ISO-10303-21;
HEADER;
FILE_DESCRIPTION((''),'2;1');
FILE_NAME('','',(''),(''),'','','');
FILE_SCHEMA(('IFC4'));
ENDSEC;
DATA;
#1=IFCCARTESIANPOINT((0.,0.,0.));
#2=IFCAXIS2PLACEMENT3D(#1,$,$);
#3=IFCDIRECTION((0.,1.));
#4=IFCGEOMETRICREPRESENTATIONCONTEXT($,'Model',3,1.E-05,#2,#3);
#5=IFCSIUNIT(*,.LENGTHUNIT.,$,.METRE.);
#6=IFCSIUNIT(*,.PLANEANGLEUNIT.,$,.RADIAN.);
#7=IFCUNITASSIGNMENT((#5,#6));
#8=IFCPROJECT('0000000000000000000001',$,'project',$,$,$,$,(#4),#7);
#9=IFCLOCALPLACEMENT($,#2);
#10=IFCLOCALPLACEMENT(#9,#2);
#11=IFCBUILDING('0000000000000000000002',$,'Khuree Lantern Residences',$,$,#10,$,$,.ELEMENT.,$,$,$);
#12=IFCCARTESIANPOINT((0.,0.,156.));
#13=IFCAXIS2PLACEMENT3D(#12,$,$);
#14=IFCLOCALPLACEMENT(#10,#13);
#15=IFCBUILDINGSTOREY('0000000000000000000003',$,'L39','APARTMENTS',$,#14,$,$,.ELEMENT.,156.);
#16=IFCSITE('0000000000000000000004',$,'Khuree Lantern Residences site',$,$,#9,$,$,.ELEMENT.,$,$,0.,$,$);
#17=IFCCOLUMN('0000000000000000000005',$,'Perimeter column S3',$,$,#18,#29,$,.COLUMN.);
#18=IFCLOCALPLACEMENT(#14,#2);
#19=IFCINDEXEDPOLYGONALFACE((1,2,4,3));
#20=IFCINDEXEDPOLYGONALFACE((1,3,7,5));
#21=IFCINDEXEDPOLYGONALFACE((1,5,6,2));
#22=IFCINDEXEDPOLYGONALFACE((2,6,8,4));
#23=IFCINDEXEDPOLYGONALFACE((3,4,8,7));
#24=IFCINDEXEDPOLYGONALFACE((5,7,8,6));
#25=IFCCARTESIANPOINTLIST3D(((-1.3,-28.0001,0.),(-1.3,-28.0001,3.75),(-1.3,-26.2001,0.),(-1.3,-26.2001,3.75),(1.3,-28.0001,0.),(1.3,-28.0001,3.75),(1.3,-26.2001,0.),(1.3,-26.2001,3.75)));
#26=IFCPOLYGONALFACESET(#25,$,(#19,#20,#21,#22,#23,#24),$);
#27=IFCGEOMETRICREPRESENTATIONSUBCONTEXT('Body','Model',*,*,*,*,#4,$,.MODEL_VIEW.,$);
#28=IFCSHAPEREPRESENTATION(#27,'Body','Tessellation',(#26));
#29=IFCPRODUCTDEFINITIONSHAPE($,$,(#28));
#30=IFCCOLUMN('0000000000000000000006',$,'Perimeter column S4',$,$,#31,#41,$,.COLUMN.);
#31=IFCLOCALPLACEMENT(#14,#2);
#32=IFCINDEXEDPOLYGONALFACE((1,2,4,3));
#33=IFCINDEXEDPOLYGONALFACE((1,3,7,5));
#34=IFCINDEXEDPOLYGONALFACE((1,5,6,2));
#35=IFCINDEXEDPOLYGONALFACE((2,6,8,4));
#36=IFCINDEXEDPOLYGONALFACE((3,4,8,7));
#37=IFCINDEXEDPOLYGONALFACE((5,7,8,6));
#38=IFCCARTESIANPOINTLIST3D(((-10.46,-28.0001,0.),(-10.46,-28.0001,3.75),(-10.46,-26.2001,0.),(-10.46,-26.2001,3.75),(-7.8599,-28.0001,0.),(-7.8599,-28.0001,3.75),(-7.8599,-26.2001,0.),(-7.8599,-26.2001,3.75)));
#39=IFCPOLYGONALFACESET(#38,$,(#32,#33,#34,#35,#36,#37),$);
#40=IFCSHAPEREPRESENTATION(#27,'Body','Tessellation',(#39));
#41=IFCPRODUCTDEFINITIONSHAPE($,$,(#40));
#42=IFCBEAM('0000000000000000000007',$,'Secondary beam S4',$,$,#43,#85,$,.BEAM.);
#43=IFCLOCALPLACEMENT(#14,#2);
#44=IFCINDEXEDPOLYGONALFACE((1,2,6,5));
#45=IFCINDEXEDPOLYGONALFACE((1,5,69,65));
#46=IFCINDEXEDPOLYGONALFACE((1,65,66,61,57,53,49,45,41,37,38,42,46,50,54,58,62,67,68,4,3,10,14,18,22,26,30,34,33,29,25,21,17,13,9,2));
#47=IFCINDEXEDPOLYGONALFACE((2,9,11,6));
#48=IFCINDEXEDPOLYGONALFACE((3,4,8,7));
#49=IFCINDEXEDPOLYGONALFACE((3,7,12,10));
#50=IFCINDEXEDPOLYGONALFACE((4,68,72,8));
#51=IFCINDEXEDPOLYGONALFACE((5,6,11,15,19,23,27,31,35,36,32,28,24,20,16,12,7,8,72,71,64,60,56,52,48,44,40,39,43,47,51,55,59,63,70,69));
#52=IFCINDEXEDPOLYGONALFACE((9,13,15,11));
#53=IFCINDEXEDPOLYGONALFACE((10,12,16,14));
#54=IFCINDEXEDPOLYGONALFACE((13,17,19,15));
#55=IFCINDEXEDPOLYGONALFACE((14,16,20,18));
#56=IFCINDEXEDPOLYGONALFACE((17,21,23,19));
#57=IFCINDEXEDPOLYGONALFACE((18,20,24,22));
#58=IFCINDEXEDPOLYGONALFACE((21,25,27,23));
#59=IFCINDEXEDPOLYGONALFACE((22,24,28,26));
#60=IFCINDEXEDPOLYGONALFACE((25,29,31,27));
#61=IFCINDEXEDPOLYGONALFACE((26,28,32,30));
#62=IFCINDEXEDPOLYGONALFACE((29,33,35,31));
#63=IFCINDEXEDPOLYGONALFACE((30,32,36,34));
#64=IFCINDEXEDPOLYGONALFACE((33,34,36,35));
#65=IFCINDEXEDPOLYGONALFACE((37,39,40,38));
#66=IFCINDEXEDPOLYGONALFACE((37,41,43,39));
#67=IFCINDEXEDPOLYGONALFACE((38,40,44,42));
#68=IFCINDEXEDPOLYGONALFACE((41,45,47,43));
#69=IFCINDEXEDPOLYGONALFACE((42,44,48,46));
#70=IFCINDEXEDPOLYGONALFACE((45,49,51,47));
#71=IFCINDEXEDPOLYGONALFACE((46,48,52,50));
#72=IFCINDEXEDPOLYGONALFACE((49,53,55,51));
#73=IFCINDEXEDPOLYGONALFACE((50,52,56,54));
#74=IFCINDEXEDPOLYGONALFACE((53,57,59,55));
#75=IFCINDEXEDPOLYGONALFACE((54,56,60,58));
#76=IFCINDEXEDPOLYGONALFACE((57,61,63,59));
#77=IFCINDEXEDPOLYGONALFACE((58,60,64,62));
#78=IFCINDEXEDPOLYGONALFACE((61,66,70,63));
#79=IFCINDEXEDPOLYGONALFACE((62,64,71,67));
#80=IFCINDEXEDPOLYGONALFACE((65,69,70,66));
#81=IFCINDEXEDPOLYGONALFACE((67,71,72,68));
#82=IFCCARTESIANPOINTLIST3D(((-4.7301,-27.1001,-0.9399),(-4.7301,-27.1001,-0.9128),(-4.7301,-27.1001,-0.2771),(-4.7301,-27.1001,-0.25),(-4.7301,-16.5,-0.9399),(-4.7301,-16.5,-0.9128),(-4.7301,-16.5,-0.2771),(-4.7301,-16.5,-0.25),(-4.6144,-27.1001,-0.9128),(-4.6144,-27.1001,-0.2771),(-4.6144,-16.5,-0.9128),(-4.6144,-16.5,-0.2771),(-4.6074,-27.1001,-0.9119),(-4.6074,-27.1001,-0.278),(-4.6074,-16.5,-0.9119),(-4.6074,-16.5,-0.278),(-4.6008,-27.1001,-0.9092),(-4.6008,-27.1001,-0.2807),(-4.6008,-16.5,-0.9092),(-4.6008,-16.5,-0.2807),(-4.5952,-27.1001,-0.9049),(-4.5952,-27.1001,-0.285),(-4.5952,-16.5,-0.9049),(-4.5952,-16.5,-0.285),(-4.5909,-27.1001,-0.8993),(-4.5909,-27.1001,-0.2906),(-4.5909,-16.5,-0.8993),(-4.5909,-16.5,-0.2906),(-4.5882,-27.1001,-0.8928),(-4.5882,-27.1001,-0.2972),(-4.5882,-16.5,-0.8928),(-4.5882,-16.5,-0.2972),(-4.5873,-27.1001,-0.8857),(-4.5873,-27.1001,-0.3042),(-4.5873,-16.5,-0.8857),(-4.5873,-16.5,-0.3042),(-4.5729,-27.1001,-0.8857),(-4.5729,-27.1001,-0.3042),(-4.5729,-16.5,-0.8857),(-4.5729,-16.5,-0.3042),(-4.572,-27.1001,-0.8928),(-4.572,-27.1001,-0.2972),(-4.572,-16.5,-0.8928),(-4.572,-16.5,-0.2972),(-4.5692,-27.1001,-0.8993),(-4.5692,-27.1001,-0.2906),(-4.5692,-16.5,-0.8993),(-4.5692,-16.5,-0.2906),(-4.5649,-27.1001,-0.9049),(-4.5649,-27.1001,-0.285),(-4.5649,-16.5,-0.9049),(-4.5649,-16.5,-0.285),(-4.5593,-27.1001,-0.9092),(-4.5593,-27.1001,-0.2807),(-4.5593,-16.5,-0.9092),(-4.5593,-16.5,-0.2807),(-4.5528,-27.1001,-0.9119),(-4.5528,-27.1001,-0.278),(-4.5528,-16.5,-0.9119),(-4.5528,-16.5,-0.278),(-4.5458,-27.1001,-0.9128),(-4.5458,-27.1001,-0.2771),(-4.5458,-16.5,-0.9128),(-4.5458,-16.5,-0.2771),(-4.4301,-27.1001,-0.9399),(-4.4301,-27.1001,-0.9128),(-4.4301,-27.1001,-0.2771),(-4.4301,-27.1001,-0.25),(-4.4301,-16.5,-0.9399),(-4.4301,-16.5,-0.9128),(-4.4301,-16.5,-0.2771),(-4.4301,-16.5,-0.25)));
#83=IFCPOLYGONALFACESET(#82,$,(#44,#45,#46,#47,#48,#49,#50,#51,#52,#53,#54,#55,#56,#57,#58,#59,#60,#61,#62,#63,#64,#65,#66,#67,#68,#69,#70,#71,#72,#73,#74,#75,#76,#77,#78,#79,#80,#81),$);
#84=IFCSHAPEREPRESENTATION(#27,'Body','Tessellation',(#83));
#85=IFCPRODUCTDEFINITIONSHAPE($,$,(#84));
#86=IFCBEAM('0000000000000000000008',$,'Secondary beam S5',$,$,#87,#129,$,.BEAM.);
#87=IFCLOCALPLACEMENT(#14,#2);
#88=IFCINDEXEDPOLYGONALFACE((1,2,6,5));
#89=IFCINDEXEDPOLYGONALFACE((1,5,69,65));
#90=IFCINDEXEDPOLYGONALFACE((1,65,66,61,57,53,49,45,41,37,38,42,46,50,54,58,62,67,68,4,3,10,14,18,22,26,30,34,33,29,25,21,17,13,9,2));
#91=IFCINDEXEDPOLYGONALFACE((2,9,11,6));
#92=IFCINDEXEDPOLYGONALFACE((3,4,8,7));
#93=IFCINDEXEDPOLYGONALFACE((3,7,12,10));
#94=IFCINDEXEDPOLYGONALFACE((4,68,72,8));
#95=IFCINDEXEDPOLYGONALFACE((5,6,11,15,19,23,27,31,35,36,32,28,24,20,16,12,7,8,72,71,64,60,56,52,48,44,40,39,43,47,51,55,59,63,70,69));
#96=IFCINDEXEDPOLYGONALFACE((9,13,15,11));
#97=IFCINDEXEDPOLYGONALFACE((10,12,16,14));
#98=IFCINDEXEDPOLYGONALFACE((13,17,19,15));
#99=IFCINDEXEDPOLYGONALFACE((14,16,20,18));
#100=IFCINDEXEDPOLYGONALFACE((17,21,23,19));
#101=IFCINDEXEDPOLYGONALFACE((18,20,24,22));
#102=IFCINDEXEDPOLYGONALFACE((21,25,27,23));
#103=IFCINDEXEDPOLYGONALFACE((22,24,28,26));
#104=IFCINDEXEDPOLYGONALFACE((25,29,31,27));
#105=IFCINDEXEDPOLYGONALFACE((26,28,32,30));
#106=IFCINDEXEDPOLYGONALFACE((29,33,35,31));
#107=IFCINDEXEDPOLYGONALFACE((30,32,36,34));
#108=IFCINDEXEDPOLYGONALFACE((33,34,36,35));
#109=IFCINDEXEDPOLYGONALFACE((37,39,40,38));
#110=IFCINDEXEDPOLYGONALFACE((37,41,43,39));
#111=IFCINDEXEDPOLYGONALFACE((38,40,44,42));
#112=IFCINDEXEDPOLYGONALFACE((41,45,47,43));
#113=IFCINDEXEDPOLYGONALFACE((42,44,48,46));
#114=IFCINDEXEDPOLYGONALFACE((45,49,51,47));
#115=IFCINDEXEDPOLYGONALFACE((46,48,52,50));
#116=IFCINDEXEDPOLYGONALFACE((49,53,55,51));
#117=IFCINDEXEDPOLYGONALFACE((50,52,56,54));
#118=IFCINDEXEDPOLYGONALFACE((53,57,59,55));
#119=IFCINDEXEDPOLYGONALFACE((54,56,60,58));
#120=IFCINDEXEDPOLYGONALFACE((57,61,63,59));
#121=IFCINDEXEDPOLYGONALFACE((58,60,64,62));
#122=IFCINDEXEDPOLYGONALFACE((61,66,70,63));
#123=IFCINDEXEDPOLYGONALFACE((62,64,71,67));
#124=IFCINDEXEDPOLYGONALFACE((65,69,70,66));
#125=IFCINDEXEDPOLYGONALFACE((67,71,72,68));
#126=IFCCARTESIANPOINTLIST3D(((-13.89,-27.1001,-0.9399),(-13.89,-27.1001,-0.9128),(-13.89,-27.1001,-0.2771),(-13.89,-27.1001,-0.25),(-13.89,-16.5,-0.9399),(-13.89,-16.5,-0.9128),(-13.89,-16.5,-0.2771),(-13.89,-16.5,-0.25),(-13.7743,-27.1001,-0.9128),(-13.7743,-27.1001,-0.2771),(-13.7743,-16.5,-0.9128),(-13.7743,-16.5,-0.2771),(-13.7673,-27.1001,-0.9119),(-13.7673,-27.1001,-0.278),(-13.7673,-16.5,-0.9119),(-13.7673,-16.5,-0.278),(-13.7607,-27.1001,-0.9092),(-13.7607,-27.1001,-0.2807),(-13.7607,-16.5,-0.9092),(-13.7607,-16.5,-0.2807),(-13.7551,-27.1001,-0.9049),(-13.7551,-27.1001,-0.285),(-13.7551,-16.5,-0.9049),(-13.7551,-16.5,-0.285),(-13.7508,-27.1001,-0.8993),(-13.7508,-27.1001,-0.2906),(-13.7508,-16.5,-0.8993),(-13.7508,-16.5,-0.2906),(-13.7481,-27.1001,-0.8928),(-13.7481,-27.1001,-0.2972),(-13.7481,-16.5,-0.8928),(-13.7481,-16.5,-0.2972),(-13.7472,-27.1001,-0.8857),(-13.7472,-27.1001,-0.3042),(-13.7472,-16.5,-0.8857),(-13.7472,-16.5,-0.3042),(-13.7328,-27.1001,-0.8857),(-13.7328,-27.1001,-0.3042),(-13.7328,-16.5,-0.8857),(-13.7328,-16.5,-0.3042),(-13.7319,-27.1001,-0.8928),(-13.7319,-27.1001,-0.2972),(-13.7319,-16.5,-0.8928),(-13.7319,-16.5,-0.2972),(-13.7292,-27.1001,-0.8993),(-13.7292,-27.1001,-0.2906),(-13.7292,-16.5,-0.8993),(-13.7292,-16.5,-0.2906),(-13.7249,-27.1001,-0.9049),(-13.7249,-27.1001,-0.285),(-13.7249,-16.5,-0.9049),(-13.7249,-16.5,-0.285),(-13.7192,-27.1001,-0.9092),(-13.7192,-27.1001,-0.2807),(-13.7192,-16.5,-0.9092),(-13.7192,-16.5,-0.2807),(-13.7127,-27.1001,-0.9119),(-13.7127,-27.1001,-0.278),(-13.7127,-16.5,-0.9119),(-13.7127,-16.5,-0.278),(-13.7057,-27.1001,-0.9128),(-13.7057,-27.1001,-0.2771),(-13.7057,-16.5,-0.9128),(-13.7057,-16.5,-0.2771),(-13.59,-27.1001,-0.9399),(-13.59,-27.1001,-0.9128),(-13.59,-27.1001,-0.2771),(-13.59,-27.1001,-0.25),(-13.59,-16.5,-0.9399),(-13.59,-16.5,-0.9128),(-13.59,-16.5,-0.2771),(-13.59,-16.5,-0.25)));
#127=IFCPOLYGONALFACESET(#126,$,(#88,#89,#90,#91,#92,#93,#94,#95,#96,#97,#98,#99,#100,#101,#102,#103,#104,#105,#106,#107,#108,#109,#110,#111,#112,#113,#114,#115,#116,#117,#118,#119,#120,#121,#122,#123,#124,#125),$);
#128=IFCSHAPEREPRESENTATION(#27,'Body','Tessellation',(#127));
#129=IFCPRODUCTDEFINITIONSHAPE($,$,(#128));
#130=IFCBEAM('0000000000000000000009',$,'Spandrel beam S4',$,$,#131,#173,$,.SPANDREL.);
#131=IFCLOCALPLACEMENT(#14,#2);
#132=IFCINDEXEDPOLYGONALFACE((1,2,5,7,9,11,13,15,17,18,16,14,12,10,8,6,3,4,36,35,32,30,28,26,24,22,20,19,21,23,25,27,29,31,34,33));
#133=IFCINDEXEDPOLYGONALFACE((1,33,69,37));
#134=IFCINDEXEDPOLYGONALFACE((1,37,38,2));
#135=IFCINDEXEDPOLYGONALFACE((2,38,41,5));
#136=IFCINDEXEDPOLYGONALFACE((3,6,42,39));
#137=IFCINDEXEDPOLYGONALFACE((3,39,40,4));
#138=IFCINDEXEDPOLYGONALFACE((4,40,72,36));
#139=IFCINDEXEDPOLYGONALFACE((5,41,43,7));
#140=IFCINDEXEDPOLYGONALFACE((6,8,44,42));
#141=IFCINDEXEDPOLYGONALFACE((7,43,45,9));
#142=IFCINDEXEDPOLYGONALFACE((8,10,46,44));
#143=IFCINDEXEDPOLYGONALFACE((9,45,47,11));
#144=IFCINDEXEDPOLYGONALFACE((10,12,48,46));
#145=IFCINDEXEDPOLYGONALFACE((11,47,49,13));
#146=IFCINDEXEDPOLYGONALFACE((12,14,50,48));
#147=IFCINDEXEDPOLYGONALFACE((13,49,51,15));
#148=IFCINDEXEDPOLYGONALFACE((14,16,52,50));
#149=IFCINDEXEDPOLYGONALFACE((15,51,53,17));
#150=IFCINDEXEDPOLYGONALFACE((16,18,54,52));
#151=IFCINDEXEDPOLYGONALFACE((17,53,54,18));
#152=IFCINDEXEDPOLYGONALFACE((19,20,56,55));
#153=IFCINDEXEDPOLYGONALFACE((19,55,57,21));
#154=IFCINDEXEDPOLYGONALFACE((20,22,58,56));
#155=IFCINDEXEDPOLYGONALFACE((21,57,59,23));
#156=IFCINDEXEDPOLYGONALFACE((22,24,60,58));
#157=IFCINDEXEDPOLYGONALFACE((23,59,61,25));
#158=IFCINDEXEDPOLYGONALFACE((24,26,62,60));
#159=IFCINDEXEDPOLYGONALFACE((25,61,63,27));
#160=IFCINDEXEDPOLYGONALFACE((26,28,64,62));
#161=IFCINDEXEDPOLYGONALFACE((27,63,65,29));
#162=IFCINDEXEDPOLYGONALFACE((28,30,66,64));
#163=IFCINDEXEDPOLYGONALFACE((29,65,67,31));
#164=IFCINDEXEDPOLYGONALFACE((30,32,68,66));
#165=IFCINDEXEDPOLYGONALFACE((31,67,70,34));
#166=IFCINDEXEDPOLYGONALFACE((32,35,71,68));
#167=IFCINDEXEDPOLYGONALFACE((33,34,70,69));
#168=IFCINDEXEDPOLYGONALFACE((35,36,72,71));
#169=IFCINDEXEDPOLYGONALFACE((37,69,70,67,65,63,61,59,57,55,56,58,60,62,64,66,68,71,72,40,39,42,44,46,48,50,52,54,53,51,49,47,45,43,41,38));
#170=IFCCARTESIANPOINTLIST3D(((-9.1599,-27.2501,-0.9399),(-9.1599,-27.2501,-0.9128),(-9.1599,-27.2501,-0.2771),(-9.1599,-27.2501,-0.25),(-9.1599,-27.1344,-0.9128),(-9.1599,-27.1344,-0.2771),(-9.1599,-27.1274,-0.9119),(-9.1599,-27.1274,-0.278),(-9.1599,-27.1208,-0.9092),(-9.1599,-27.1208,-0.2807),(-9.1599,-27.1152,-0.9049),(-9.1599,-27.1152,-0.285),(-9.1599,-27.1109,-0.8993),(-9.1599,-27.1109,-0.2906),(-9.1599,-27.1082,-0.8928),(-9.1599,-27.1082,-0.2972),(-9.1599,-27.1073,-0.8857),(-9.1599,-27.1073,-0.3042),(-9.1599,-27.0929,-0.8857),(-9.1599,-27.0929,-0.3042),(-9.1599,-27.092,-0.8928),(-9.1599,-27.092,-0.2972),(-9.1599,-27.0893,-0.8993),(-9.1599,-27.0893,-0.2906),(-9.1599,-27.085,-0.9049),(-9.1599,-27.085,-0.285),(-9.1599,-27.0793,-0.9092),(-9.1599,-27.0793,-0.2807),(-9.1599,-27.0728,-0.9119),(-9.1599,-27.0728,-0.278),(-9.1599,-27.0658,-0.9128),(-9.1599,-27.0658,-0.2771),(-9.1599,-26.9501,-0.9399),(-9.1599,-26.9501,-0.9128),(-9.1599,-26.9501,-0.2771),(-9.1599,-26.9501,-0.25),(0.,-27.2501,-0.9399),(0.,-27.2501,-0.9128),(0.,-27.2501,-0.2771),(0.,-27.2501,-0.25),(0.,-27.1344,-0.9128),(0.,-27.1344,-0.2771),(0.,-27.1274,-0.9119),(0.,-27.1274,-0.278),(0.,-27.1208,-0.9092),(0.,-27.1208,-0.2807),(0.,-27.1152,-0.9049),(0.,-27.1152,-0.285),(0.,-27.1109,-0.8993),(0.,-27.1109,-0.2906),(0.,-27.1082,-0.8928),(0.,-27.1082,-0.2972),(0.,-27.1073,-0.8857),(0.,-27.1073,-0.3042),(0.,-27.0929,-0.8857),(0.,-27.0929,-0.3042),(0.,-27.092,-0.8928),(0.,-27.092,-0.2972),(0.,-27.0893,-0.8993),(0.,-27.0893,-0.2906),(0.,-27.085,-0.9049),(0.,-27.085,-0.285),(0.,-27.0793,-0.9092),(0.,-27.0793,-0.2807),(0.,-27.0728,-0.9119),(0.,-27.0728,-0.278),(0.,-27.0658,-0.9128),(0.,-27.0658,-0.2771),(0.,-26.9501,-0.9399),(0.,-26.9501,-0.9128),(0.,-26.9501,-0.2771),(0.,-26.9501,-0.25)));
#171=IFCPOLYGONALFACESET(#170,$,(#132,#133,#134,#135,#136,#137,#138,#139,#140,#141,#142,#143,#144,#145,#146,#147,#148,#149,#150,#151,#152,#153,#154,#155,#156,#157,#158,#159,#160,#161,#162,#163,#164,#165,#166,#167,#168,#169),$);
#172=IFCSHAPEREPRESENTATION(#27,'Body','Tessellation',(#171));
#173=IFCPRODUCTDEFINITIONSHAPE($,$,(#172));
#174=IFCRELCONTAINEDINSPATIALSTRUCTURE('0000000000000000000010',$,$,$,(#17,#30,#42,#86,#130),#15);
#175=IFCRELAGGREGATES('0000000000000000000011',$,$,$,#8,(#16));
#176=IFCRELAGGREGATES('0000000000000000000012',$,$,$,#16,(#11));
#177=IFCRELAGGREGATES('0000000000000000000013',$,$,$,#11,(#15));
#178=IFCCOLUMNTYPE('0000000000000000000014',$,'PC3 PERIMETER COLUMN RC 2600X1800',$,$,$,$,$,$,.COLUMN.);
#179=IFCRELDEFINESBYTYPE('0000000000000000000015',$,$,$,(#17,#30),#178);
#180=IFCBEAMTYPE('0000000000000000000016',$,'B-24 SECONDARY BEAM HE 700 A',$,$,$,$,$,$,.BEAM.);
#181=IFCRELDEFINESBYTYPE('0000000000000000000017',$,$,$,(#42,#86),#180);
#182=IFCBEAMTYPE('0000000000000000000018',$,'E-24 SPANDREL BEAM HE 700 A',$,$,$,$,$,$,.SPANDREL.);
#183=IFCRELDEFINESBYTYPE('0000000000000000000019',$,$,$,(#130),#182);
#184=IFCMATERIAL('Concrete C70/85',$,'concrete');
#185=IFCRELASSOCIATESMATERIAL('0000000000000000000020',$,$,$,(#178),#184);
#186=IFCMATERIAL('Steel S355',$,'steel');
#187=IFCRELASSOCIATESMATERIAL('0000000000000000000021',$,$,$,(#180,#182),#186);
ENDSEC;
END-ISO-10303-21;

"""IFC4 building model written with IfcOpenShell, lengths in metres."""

from ifc_helpers import new_model, si_unit, direction, frame, origin, origin_2d, place, context, subcontext, project, spatial, rectangle, i_section, extrude, material, material_profile, profile_set, type_object, element, save


model = new_model("IFC4")

# Units and contexts
model_context = context("Model", 3, precision=1e-05, world=origin(), true_north=direction((0.0, 1.0)))
body_context = subcontext(model_context, "Body", "Model", "MODEL_VIEW")
ifc_project = project(units=[si_unit("LENGTHUNIT", "METRE"), si_unit("PLANEANGLEUNIT", "RADIAN")], contexts=[model_context])

# Site, building, storey
site_placement = place(None, origin())
site = spatial("IfcSite", under=ifc_project, at=site_placement, Name="Khuree Lantern Residences site", CompositionType="ELEMENT", RefElevation=0.0)
building_placement = place(site_placement, origin())
building = spatial("IfcBuilding", under=site, at=building_placement, Name="Khuree Lantern Residences", CompositionType="ELEMENT")
storey_placement = place(building_placement, frame((0.0, 0.0, 156.0)))
storey = spatial("IfcBuildingStorey", under=building, at=storey_placement, Name="L39", Description="APARTMENTS", CompositionType="ELEMENT", Elevation=156.0)

# Columns
ifc_material_1 = material(Name="Concrete C70/85", Category="concrete")
ifc_material_profile_1 = material_profile(ifc_material_1, rectangle(XDim=2.6001, YDim=1.8, at=origin_2d()), Name="RC 2600X1800")
ifc_profile_set_1 = profile_set([ifc_material_profile_1], Name="Concrete C70/85")
column_type = type_object("IfcColumnType", Name="PC3 PERIMETER COLUMN RC 2600X1800", PredefinedType="COLUMN", material=ifc_profile_set_1)
for number, where, z_axis, x_axis, name in (
    (1, (0.0, -27.1001, 0.0), (0.0, 0.0, 1.0), (1.0, 0.0, 0.0), "Perimeter column S3"),
    (2, (-9.1599, -27.1001, 0.0), (0.0, 0.0, 1.0), (1.0, 0.0, 0.0), "Perimeter column S4"),
):
    element("IfcColumn", number, at=place(storey_placement, frame(where, z_axis=z_axis, x_axis=x_axis)), inside=storey, type_object=column_type, Name=name, PredefinedType="COLUMN", context=body_context, shape_type="SweptSolid", body=[
        extrude(rectangle(XDim=2.6001, YDim=1.8, at=origin_2d()), origin(), (0.0, 0.0, 1.0), 3.75),
    ])

# Beams
ifc_material_2 = material(Name="Steel S355", Category="steel")
ifc_material_profile_2 = material_profile(ifc_material_2, i_section(OverallWidth=0.3, OverallDepth=0.6899, WebThickness=0.0144, FlangeThickness=0.0271, FilletRadius=0.0271, at=origin_2d()), Name="HE 700 A")
ifc_profile_set_2 = profile_set([ifc_material_profile_2], Name="Steel S355")
beam_type_1 = type_object("IfcBeamType", Name="B-24 SECONDARY BEAM HE 700 A", PredefinedType="BEAM", material=ifc_profile_set_2)
for number, where, z_axis, x_axis, name in (
    (3, (-4.5801, -27.1001, -0.595), (0.0, 1.0, 0.0), (-1.0, 0.0, 0.0), "Secondary beam S4"),
    (4, (-13.74, -27.1001, -0.595), (0.0, 1.0, 0.0), (-1.0, 0.0, 0.0), "Secondary beam S5"),
):
    element("IfcBeam", number, at=place(storey_placement, frame(where, z_axis=z_axis, x_axis=x_axis)), inside=storey, type_object=beam_type_1, Name=name, PredefinedType="BEAM", context=body_context, shape_type="SweptSolid", body=[
        extrude(i_section(OverallWidth=0.3, OverallDepth=0.6899, WebThickness=0.0144, FlangeThickness=0.0271, FilletRadius=0.0271, at=origin_2d()), origin(), (0.0, 0.0, 1.0), 10.6001),
    ])
ifc_material_profile_3 = material_profile(ifc_material_2, i_section(OverallWidth=0.3, OverallDepth=0.6899, WebThickness=0.0144, FlangeThickness=0.0271, FilletRadius=0.0271, at=origin_2d()), Name="HE 700 A")
ifc_profile_set_3 = profile_set([ifc_material_profile_3], Name="Steel S355")
beam_type_2 = type_object("IfcBeamType", Name="E-24 SPANDREL BEAM HE 700 A", PredefinedType="SPANDREL", material=ifc_profile_set_3)
beam_1_placement = place(storey_placement, frame((0.0, -27.1001, -0.595), z_axis=(-1.0, 0.0, 0.0), x_axis=(0.0, -1.0, 0.0)))
element("IfcBeam", 5, at=beam_1_placement, inside=storey, type_object=beam_type_2, Name="Spandrel beam S4", PredefinedType="SPANDREL", context=body_context, shape_type="SweptSolid", body=[
    extrude(i_section(OverallWidth=0.3, OverallDepth=0.6899, WebThickness=0.0144, FlangeThickness=0.0271, FilletRadius=0.0271, at=origin_2d()), origin(), (0.0, 0.0, 1.0), 9.1599),
])

save(model, "model.ifc")
